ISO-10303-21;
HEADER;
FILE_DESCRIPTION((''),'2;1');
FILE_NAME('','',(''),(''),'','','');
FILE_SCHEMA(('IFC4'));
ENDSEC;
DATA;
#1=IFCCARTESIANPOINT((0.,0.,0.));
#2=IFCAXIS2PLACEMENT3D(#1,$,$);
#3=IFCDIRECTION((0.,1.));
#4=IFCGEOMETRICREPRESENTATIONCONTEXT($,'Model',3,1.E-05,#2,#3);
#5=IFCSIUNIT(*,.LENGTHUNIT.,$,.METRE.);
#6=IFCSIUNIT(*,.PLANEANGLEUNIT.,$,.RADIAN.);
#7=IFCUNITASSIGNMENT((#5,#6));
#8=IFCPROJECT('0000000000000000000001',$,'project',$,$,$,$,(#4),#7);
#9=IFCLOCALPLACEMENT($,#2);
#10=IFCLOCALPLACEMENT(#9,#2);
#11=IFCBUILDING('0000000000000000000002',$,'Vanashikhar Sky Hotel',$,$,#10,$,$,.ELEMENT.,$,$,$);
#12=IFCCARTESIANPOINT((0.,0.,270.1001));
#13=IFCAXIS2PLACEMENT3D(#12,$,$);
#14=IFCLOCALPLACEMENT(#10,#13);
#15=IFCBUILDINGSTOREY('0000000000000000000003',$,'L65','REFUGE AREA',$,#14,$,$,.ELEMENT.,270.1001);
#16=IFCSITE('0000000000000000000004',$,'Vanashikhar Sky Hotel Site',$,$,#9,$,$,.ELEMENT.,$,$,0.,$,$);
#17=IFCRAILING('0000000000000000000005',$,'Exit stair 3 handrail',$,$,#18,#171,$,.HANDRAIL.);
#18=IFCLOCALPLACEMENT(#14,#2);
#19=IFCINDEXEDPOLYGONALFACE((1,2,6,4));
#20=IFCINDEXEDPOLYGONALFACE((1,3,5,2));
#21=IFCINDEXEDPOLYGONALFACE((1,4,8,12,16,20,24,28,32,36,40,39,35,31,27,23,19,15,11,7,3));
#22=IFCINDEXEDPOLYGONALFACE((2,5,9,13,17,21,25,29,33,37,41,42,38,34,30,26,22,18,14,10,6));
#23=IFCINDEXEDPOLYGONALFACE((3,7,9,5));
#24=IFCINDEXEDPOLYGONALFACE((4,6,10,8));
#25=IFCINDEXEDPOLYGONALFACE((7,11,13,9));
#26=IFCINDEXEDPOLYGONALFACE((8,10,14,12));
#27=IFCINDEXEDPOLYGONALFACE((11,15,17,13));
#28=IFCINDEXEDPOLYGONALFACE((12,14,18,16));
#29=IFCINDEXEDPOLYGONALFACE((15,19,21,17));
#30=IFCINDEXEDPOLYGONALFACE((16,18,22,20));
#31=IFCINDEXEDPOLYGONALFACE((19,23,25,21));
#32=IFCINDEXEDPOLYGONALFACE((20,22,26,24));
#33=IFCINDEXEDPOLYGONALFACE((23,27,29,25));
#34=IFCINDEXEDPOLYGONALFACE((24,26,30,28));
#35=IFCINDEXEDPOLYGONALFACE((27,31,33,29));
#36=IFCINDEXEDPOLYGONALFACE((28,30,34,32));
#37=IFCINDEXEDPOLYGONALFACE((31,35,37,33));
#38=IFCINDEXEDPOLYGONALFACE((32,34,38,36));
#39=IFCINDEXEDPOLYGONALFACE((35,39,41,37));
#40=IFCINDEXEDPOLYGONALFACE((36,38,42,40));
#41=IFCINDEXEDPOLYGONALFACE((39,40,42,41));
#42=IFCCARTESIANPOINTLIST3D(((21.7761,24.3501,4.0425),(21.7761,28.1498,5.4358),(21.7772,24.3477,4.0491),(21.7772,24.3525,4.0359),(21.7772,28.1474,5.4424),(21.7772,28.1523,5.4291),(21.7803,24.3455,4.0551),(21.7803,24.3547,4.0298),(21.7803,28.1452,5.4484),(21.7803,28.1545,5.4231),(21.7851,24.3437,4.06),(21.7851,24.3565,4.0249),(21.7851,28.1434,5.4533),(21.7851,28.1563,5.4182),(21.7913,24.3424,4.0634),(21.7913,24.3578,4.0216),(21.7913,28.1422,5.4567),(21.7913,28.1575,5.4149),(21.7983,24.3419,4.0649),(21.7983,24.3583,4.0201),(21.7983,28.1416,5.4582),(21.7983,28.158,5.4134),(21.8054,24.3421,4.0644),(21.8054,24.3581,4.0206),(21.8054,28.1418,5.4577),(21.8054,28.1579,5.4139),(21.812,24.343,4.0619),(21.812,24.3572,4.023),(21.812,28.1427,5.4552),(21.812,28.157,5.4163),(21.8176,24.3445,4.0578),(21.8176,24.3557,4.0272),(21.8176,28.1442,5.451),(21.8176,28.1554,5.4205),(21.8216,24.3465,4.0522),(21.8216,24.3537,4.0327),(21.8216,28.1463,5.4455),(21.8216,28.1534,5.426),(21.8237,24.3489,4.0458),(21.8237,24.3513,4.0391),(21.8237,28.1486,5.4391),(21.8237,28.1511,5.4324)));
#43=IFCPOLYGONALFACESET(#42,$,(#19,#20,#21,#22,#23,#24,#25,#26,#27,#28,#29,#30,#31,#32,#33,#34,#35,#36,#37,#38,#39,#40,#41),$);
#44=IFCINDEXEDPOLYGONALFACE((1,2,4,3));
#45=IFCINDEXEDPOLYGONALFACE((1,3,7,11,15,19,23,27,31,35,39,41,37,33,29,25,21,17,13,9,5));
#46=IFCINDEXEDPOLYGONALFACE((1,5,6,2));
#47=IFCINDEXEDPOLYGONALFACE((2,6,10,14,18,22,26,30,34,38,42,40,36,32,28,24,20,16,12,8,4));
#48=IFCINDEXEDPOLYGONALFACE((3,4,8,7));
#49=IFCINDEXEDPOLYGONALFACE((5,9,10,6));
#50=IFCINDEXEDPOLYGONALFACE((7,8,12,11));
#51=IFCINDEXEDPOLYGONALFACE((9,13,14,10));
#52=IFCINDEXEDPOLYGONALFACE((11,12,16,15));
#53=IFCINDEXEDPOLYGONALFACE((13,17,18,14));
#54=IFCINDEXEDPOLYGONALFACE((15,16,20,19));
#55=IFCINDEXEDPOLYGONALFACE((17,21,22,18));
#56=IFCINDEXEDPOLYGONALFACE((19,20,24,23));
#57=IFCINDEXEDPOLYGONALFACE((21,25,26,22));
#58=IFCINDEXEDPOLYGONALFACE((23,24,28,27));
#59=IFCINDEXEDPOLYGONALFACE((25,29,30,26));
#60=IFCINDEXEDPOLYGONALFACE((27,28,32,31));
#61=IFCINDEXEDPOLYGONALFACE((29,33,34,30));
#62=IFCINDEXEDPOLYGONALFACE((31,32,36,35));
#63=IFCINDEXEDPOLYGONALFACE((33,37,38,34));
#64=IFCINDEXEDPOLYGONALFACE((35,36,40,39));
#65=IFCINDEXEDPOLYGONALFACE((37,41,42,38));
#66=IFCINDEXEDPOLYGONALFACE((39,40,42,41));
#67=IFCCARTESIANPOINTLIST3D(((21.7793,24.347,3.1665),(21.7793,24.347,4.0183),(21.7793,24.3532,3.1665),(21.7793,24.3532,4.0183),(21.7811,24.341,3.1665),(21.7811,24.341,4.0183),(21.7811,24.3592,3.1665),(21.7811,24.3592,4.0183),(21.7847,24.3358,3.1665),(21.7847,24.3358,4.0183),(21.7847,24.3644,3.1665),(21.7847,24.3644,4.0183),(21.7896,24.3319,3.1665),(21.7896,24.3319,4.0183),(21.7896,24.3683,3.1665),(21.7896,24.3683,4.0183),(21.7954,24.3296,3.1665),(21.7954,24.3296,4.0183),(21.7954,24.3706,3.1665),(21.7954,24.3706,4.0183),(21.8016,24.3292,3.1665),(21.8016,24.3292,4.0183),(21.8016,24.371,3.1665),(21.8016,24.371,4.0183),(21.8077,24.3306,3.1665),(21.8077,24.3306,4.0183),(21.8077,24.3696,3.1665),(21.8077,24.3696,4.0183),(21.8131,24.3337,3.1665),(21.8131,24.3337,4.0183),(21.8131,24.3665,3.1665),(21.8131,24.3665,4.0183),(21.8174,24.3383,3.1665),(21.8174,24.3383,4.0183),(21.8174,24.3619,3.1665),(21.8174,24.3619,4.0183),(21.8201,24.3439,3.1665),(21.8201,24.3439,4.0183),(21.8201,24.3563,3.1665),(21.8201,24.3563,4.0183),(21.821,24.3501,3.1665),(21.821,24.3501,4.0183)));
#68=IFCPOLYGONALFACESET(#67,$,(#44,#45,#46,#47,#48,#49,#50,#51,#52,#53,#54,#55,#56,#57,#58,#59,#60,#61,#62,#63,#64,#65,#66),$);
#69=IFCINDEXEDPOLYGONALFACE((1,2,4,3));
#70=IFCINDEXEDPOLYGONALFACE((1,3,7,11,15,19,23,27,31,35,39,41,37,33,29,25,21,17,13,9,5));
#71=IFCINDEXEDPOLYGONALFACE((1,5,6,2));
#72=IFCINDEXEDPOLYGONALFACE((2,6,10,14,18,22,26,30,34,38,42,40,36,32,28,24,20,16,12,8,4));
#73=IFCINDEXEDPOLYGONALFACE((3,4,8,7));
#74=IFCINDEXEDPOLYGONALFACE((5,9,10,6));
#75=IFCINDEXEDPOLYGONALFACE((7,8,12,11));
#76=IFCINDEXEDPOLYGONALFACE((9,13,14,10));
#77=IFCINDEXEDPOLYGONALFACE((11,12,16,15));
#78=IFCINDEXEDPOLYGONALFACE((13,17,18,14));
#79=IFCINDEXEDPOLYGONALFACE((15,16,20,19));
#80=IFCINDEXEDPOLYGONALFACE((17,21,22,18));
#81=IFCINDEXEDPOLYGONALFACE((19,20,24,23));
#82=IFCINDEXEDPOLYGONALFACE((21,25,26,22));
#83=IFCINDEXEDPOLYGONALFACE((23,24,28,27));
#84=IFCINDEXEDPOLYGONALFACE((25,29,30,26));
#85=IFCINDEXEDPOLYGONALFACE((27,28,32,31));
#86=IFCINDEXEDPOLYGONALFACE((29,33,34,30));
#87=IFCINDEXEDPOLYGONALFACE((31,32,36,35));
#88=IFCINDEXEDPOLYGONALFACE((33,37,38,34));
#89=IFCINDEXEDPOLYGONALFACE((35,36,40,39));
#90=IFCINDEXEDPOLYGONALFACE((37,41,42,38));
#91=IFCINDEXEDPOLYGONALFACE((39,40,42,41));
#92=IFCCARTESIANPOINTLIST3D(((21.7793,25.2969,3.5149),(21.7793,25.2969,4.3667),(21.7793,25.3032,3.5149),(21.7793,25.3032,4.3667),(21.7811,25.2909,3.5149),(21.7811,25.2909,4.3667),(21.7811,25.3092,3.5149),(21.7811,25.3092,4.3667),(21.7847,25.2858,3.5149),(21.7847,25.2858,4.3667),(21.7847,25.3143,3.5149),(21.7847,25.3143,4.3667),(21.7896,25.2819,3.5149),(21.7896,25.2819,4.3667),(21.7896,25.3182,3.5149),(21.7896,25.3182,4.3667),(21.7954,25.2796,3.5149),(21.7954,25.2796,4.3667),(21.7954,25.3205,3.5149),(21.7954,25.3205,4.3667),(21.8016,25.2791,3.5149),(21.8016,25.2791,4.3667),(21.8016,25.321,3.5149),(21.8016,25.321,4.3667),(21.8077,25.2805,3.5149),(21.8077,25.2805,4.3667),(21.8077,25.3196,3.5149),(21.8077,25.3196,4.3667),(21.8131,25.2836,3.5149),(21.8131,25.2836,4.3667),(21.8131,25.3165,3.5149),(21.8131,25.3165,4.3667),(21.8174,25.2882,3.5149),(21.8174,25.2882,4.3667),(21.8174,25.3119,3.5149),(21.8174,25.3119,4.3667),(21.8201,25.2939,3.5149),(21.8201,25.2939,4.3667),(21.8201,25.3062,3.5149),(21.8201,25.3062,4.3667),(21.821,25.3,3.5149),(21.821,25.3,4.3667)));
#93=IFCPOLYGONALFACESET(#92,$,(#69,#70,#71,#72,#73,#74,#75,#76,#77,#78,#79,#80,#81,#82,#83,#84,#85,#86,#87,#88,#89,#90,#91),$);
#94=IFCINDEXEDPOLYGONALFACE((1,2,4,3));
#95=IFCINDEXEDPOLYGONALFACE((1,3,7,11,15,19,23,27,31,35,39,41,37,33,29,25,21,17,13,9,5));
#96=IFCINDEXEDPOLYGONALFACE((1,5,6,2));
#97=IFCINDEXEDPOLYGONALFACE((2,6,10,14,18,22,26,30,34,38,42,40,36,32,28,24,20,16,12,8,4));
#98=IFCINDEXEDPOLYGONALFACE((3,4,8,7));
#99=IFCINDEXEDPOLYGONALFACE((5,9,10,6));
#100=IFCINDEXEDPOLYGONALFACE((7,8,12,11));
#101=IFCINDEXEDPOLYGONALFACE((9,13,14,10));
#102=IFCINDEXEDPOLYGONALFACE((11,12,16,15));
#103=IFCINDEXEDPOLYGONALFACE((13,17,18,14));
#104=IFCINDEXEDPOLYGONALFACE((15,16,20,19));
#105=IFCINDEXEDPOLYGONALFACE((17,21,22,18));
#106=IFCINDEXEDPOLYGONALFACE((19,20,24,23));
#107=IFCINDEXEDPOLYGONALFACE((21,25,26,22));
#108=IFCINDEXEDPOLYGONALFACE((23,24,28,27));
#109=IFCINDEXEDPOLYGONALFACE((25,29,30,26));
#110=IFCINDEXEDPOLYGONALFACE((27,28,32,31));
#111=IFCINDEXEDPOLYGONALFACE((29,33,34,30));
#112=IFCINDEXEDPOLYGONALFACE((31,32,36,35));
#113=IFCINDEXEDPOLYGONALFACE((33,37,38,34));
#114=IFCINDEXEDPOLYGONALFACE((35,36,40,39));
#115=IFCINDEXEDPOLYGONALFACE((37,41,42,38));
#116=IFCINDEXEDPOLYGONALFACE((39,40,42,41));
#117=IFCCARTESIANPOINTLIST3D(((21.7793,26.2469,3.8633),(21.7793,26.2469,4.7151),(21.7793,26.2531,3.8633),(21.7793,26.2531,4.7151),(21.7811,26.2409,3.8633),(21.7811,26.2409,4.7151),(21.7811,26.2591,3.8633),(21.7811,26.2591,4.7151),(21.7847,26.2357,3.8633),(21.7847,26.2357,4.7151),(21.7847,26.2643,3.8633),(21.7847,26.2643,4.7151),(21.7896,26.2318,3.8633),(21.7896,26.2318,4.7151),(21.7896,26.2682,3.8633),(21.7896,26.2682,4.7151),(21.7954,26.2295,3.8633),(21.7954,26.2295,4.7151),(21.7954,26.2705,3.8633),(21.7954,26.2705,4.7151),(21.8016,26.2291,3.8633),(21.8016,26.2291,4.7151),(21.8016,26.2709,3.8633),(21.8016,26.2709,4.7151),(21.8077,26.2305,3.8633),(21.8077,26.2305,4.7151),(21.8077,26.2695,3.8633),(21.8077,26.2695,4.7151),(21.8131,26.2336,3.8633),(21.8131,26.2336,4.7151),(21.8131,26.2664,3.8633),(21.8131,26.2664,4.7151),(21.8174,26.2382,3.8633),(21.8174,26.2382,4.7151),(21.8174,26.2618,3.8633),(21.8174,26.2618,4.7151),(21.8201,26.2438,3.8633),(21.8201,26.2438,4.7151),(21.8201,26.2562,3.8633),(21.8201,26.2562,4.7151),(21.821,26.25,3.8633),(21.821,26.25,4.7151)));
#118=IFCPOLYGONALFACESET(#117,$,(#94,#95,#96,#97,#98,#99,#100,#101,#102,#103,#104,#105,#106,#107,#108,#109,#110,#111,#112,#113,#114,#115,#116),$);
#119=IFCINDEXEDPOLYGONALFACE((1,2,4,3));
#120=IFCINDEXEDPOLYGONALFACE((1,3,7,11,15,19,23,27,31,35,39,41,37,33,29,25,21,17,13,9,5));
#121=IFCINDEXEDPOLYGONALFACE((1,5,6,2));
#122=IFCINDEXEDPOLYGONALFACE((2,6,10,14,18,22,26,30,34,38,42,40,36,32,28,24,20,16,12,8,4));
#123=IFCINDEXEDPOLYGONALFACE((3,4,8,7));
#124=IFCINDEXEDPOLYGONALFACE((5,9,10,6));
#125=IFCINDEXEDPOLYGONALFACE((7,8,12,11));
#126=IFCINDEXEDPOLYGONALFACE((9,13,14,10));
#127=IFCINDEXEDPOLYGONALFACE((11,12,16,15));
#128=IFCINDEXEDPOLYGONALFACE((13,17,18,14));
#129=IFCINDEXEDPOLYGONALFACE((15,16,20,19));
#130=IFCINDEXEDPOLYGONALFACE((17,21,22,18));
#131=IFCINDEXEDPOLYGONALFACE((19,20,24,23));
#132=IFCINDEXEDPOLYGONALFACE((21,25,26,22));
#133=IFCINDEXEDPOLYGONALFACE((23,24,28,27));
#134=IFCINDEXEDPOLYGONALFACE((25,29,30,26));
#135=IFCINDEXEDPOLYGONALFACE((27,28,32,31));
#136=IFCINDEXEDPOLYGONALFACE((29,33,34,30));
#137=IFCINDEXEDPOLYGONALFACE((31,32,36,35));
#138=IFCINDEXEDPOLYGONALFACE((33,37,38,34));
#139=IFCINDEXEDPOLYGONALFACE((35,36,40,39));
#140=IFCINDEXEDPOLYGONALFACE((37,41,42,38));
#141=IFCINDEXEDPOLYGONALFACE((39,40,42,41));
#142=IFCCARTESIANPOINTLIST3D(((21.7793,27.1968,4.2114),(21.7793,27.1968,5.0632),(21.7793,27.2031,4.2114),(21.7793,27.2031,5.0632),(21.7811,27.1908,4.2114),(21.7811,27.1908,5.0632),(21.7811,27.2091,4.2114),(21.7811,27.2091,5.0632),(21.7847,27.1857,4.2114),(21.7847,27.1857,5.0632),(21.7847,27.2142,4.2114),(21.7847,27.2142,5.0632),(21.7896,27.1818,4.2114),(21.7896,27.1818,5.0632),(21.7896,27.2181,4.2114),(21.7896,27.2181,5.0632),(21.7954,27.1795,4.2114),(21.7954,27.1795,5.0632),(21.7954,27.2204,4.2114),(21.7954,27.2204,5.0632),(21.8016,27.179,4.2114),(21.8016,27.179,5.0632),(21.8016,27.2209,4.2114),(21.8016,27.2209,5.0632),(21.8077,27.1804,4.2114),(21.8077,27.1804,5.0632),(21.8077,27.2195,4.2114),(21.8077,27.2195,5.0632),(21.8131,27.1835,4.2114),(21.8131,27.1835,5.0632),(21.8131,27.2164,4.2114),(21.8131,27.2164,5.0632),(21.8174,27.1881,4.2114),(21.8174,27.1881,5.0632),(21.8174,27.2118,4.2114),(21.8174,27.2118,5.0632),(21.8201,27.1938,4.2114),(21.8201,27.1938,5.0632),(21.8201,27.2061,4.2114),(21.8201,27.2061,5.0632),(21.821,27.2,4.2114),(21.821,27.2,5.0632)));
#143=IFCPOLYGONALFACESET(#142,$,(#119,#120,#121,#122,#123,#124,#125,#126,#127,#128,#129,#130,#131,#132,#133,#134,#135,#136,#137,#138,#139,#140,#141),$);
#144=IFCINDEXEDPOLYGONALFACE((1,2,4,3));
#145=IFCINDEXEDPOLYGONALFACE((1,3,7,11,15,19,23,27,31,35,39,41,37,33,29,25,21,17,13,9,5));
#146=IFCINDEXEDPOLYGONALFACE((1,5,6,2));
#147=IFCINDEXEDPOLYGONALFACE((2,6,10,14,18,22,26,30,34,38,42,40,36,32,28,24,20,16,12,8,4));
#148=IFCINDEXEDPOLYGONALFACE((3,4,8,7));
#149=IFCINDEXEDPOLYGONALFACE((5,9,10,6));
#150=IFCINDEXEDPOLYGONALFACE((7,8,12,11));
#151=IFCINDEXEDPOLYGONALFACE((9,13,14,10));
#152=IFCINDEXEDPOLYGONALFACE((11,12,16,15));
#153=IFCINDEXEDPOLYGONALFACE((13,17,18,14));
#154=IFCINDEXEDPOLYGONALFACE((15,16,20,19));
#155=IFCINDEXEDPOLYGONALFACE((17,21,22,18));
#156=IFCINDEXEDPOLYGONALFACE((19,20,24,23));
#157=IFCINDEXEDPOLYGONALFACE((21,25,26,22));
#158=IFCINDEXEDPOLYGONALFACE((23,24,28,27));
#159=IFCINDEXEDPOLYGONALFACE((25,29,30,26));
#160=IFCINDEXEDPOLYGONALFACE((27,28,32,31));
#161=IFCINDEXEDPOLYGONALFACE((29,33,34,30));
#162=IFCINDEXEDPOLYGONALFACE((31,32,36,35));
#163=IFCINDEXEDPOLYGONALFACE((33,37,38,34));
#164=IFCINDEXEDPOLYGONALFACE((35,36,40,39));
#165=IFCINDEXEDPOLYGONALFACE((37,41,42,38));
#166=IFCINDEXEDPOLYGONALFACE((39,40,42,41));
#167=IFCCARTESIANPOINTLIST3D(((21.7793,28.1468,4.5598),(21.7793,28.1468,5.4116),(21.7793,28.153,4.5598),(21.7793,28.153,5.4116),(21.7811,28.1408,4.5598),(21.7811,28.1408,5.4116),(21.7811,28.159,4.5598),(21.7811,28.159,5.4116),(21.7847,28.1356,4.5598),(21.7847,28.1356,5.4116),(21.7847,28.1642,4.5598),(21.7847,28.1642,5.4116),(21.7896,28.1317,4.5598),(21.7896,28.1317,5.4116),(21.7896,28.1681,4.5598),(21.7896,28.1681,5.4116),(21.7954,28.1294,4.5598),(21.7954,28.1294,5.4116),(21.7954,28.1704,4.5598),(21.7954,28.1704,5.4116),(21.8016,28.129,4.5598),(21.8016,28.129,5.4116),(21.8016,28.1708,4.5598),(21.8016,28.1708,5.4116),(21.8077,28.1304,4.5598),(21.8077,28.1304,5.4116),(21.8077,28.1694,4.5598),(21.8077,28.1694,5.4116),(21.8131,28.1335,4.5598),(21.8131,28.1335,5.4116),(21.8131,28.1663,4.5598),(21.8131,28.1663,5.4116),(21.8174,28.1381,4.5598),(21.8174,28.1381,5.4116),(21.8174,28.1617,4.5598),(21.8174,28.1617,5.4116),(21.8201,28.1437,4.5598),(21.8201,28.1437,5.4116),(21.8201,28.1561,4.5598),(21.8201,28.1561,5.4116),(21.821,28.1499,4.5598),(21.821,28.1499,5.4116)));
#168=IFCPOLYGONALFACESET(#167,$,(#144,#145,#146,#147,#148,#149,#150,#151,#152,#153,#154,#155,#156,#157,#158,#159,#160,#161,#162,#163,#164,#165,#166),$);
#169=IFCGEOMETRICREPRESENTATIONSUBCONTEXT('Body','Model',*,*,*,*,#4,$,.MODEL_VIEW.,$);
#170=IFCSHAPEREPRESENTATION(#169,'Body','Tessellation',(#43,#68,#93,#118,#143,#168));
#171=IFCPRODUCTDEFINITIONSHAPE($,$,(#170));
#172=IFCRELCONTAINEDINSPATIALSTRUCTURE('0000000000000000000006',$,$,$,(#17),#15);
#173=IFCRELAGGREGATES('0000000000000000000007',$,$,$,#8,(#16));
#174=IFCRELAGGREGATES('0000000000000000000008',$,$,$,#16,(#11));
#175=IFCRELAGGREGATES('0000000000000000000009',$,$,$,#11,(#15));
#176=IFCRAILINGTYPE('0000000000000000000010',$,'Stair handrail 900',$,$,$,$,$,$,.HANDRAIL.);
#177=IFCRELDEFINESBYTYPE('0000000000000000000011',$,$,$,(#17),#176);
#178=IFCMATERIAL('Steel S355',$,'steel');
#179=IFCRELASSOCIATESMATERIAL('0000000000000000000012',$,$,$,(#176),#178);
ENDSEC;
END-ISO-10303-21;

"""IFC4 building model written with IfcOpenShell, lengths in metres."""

from ifc_helpers import new_model, si_unit, direction, frame, origin, origin_2d, place, context, subcontext, project, spatial, circle, extrude, source, transform, mapped, material, type_object, element, save


model = new_model("IFC4")

# Units and contexts
model_context = context("Model", 3, precision=1e-05, world=origin(), true_north=direction((0.0, 1.0)))
body_context = subcontext(model_context, "Body", "Model", "MODEL_VIEW")
ifc_project = project(units=[si_unit("LENGTHUNIT", "METRE"), si_unit("PLANEANGLEUNIT", "RADIAN")], contexts=[model_context])

# Site, building, storey
site_placement = place(None, origin())
site = spatial("IfcSite", under=ifc_project, at=site_placement, Name="Vanashikhar Sky Hotel Site", CompositionType="ELEMENT", RefElevation=0.0)
building_placement = place(site_placement, origin())
building = spatial("IfcBuilding", under=site, at=building_placement, Name="Vanashikhar Sky Hotel", CompositionType="ELEMENT")
storey_placement = place(building_placement, frame((0.0, 0.0, 270.1001)))
storey = spatial("IfcBuildingStorey", under=building, at=storey_placement, Name="L65", Description="REFUGE AREA", CompositionType="ELEMENT", Elevation=270.1001)

# Railing
ifc_material_1 = material(Name="Steel S355", Category="steel")
railing_type_1 = type_object("IfcRailingType", Name="Stair handrail 900", PredefinedType="HANDRAIL", material=ifc_material_1)
shared_shape_1 = source(origin(), body_context, "Body", "SweptSolid", [
    extrude(circle(Radius=0.0239, at=origin_2d()), frame((0.0, 0.0, 0.876), z_axis=(0.0, 0.938872, 0.344265), x_axis=(-1.0, 0.0, 0.0)), (0.0, 0.0, 1.0), 4.0471),
    extrude(circle(Radius=0.021, at=origin_2d()), origin(), (0.0, 0.0, 1.0), 0.8518),
    extrude(circle(Radius=0.021, at=origin_2d()), frame((0.0, 0.95, 0.3484)), (0.0, 0.0, 1.0), 0.8518),
    extrude(circle(Radius=0.021, at=origin_2d()), frame((0.0, 1.8999, 0.6968)), (0.0, 0.0, 1.0), 0.8518),
    extrude(circle(Radius=0.021, at=origin_2d()), frame((0.0, 2.8499, 1.0449)), (0.0, 0.0, 1.0), 0.8518),
    extrude(circle(Radius=0.021, at=origin_2d()), frame((0.0, 3.7998, 1.3933)), (0.0, 0.0, 1.0), 0.8518),
])
for number, where, name in (
    (1, (21.8, 24.3501, 3.1665), "Exit stair 3 handrail"),
):
    element("IfcRailing", number, at=place(storey_placement, frame(where)), inside=storey, type_object=railing_type_1, Name=name, PredefinedType="HANDRAIL", context=body_context, shape_type="MappedRepresentation", body=[
        mapped(shared_shape_1, transform((0.0, 0.0, 0.0), scale=1.0)),
    ])

save(model, "model.ifc")
